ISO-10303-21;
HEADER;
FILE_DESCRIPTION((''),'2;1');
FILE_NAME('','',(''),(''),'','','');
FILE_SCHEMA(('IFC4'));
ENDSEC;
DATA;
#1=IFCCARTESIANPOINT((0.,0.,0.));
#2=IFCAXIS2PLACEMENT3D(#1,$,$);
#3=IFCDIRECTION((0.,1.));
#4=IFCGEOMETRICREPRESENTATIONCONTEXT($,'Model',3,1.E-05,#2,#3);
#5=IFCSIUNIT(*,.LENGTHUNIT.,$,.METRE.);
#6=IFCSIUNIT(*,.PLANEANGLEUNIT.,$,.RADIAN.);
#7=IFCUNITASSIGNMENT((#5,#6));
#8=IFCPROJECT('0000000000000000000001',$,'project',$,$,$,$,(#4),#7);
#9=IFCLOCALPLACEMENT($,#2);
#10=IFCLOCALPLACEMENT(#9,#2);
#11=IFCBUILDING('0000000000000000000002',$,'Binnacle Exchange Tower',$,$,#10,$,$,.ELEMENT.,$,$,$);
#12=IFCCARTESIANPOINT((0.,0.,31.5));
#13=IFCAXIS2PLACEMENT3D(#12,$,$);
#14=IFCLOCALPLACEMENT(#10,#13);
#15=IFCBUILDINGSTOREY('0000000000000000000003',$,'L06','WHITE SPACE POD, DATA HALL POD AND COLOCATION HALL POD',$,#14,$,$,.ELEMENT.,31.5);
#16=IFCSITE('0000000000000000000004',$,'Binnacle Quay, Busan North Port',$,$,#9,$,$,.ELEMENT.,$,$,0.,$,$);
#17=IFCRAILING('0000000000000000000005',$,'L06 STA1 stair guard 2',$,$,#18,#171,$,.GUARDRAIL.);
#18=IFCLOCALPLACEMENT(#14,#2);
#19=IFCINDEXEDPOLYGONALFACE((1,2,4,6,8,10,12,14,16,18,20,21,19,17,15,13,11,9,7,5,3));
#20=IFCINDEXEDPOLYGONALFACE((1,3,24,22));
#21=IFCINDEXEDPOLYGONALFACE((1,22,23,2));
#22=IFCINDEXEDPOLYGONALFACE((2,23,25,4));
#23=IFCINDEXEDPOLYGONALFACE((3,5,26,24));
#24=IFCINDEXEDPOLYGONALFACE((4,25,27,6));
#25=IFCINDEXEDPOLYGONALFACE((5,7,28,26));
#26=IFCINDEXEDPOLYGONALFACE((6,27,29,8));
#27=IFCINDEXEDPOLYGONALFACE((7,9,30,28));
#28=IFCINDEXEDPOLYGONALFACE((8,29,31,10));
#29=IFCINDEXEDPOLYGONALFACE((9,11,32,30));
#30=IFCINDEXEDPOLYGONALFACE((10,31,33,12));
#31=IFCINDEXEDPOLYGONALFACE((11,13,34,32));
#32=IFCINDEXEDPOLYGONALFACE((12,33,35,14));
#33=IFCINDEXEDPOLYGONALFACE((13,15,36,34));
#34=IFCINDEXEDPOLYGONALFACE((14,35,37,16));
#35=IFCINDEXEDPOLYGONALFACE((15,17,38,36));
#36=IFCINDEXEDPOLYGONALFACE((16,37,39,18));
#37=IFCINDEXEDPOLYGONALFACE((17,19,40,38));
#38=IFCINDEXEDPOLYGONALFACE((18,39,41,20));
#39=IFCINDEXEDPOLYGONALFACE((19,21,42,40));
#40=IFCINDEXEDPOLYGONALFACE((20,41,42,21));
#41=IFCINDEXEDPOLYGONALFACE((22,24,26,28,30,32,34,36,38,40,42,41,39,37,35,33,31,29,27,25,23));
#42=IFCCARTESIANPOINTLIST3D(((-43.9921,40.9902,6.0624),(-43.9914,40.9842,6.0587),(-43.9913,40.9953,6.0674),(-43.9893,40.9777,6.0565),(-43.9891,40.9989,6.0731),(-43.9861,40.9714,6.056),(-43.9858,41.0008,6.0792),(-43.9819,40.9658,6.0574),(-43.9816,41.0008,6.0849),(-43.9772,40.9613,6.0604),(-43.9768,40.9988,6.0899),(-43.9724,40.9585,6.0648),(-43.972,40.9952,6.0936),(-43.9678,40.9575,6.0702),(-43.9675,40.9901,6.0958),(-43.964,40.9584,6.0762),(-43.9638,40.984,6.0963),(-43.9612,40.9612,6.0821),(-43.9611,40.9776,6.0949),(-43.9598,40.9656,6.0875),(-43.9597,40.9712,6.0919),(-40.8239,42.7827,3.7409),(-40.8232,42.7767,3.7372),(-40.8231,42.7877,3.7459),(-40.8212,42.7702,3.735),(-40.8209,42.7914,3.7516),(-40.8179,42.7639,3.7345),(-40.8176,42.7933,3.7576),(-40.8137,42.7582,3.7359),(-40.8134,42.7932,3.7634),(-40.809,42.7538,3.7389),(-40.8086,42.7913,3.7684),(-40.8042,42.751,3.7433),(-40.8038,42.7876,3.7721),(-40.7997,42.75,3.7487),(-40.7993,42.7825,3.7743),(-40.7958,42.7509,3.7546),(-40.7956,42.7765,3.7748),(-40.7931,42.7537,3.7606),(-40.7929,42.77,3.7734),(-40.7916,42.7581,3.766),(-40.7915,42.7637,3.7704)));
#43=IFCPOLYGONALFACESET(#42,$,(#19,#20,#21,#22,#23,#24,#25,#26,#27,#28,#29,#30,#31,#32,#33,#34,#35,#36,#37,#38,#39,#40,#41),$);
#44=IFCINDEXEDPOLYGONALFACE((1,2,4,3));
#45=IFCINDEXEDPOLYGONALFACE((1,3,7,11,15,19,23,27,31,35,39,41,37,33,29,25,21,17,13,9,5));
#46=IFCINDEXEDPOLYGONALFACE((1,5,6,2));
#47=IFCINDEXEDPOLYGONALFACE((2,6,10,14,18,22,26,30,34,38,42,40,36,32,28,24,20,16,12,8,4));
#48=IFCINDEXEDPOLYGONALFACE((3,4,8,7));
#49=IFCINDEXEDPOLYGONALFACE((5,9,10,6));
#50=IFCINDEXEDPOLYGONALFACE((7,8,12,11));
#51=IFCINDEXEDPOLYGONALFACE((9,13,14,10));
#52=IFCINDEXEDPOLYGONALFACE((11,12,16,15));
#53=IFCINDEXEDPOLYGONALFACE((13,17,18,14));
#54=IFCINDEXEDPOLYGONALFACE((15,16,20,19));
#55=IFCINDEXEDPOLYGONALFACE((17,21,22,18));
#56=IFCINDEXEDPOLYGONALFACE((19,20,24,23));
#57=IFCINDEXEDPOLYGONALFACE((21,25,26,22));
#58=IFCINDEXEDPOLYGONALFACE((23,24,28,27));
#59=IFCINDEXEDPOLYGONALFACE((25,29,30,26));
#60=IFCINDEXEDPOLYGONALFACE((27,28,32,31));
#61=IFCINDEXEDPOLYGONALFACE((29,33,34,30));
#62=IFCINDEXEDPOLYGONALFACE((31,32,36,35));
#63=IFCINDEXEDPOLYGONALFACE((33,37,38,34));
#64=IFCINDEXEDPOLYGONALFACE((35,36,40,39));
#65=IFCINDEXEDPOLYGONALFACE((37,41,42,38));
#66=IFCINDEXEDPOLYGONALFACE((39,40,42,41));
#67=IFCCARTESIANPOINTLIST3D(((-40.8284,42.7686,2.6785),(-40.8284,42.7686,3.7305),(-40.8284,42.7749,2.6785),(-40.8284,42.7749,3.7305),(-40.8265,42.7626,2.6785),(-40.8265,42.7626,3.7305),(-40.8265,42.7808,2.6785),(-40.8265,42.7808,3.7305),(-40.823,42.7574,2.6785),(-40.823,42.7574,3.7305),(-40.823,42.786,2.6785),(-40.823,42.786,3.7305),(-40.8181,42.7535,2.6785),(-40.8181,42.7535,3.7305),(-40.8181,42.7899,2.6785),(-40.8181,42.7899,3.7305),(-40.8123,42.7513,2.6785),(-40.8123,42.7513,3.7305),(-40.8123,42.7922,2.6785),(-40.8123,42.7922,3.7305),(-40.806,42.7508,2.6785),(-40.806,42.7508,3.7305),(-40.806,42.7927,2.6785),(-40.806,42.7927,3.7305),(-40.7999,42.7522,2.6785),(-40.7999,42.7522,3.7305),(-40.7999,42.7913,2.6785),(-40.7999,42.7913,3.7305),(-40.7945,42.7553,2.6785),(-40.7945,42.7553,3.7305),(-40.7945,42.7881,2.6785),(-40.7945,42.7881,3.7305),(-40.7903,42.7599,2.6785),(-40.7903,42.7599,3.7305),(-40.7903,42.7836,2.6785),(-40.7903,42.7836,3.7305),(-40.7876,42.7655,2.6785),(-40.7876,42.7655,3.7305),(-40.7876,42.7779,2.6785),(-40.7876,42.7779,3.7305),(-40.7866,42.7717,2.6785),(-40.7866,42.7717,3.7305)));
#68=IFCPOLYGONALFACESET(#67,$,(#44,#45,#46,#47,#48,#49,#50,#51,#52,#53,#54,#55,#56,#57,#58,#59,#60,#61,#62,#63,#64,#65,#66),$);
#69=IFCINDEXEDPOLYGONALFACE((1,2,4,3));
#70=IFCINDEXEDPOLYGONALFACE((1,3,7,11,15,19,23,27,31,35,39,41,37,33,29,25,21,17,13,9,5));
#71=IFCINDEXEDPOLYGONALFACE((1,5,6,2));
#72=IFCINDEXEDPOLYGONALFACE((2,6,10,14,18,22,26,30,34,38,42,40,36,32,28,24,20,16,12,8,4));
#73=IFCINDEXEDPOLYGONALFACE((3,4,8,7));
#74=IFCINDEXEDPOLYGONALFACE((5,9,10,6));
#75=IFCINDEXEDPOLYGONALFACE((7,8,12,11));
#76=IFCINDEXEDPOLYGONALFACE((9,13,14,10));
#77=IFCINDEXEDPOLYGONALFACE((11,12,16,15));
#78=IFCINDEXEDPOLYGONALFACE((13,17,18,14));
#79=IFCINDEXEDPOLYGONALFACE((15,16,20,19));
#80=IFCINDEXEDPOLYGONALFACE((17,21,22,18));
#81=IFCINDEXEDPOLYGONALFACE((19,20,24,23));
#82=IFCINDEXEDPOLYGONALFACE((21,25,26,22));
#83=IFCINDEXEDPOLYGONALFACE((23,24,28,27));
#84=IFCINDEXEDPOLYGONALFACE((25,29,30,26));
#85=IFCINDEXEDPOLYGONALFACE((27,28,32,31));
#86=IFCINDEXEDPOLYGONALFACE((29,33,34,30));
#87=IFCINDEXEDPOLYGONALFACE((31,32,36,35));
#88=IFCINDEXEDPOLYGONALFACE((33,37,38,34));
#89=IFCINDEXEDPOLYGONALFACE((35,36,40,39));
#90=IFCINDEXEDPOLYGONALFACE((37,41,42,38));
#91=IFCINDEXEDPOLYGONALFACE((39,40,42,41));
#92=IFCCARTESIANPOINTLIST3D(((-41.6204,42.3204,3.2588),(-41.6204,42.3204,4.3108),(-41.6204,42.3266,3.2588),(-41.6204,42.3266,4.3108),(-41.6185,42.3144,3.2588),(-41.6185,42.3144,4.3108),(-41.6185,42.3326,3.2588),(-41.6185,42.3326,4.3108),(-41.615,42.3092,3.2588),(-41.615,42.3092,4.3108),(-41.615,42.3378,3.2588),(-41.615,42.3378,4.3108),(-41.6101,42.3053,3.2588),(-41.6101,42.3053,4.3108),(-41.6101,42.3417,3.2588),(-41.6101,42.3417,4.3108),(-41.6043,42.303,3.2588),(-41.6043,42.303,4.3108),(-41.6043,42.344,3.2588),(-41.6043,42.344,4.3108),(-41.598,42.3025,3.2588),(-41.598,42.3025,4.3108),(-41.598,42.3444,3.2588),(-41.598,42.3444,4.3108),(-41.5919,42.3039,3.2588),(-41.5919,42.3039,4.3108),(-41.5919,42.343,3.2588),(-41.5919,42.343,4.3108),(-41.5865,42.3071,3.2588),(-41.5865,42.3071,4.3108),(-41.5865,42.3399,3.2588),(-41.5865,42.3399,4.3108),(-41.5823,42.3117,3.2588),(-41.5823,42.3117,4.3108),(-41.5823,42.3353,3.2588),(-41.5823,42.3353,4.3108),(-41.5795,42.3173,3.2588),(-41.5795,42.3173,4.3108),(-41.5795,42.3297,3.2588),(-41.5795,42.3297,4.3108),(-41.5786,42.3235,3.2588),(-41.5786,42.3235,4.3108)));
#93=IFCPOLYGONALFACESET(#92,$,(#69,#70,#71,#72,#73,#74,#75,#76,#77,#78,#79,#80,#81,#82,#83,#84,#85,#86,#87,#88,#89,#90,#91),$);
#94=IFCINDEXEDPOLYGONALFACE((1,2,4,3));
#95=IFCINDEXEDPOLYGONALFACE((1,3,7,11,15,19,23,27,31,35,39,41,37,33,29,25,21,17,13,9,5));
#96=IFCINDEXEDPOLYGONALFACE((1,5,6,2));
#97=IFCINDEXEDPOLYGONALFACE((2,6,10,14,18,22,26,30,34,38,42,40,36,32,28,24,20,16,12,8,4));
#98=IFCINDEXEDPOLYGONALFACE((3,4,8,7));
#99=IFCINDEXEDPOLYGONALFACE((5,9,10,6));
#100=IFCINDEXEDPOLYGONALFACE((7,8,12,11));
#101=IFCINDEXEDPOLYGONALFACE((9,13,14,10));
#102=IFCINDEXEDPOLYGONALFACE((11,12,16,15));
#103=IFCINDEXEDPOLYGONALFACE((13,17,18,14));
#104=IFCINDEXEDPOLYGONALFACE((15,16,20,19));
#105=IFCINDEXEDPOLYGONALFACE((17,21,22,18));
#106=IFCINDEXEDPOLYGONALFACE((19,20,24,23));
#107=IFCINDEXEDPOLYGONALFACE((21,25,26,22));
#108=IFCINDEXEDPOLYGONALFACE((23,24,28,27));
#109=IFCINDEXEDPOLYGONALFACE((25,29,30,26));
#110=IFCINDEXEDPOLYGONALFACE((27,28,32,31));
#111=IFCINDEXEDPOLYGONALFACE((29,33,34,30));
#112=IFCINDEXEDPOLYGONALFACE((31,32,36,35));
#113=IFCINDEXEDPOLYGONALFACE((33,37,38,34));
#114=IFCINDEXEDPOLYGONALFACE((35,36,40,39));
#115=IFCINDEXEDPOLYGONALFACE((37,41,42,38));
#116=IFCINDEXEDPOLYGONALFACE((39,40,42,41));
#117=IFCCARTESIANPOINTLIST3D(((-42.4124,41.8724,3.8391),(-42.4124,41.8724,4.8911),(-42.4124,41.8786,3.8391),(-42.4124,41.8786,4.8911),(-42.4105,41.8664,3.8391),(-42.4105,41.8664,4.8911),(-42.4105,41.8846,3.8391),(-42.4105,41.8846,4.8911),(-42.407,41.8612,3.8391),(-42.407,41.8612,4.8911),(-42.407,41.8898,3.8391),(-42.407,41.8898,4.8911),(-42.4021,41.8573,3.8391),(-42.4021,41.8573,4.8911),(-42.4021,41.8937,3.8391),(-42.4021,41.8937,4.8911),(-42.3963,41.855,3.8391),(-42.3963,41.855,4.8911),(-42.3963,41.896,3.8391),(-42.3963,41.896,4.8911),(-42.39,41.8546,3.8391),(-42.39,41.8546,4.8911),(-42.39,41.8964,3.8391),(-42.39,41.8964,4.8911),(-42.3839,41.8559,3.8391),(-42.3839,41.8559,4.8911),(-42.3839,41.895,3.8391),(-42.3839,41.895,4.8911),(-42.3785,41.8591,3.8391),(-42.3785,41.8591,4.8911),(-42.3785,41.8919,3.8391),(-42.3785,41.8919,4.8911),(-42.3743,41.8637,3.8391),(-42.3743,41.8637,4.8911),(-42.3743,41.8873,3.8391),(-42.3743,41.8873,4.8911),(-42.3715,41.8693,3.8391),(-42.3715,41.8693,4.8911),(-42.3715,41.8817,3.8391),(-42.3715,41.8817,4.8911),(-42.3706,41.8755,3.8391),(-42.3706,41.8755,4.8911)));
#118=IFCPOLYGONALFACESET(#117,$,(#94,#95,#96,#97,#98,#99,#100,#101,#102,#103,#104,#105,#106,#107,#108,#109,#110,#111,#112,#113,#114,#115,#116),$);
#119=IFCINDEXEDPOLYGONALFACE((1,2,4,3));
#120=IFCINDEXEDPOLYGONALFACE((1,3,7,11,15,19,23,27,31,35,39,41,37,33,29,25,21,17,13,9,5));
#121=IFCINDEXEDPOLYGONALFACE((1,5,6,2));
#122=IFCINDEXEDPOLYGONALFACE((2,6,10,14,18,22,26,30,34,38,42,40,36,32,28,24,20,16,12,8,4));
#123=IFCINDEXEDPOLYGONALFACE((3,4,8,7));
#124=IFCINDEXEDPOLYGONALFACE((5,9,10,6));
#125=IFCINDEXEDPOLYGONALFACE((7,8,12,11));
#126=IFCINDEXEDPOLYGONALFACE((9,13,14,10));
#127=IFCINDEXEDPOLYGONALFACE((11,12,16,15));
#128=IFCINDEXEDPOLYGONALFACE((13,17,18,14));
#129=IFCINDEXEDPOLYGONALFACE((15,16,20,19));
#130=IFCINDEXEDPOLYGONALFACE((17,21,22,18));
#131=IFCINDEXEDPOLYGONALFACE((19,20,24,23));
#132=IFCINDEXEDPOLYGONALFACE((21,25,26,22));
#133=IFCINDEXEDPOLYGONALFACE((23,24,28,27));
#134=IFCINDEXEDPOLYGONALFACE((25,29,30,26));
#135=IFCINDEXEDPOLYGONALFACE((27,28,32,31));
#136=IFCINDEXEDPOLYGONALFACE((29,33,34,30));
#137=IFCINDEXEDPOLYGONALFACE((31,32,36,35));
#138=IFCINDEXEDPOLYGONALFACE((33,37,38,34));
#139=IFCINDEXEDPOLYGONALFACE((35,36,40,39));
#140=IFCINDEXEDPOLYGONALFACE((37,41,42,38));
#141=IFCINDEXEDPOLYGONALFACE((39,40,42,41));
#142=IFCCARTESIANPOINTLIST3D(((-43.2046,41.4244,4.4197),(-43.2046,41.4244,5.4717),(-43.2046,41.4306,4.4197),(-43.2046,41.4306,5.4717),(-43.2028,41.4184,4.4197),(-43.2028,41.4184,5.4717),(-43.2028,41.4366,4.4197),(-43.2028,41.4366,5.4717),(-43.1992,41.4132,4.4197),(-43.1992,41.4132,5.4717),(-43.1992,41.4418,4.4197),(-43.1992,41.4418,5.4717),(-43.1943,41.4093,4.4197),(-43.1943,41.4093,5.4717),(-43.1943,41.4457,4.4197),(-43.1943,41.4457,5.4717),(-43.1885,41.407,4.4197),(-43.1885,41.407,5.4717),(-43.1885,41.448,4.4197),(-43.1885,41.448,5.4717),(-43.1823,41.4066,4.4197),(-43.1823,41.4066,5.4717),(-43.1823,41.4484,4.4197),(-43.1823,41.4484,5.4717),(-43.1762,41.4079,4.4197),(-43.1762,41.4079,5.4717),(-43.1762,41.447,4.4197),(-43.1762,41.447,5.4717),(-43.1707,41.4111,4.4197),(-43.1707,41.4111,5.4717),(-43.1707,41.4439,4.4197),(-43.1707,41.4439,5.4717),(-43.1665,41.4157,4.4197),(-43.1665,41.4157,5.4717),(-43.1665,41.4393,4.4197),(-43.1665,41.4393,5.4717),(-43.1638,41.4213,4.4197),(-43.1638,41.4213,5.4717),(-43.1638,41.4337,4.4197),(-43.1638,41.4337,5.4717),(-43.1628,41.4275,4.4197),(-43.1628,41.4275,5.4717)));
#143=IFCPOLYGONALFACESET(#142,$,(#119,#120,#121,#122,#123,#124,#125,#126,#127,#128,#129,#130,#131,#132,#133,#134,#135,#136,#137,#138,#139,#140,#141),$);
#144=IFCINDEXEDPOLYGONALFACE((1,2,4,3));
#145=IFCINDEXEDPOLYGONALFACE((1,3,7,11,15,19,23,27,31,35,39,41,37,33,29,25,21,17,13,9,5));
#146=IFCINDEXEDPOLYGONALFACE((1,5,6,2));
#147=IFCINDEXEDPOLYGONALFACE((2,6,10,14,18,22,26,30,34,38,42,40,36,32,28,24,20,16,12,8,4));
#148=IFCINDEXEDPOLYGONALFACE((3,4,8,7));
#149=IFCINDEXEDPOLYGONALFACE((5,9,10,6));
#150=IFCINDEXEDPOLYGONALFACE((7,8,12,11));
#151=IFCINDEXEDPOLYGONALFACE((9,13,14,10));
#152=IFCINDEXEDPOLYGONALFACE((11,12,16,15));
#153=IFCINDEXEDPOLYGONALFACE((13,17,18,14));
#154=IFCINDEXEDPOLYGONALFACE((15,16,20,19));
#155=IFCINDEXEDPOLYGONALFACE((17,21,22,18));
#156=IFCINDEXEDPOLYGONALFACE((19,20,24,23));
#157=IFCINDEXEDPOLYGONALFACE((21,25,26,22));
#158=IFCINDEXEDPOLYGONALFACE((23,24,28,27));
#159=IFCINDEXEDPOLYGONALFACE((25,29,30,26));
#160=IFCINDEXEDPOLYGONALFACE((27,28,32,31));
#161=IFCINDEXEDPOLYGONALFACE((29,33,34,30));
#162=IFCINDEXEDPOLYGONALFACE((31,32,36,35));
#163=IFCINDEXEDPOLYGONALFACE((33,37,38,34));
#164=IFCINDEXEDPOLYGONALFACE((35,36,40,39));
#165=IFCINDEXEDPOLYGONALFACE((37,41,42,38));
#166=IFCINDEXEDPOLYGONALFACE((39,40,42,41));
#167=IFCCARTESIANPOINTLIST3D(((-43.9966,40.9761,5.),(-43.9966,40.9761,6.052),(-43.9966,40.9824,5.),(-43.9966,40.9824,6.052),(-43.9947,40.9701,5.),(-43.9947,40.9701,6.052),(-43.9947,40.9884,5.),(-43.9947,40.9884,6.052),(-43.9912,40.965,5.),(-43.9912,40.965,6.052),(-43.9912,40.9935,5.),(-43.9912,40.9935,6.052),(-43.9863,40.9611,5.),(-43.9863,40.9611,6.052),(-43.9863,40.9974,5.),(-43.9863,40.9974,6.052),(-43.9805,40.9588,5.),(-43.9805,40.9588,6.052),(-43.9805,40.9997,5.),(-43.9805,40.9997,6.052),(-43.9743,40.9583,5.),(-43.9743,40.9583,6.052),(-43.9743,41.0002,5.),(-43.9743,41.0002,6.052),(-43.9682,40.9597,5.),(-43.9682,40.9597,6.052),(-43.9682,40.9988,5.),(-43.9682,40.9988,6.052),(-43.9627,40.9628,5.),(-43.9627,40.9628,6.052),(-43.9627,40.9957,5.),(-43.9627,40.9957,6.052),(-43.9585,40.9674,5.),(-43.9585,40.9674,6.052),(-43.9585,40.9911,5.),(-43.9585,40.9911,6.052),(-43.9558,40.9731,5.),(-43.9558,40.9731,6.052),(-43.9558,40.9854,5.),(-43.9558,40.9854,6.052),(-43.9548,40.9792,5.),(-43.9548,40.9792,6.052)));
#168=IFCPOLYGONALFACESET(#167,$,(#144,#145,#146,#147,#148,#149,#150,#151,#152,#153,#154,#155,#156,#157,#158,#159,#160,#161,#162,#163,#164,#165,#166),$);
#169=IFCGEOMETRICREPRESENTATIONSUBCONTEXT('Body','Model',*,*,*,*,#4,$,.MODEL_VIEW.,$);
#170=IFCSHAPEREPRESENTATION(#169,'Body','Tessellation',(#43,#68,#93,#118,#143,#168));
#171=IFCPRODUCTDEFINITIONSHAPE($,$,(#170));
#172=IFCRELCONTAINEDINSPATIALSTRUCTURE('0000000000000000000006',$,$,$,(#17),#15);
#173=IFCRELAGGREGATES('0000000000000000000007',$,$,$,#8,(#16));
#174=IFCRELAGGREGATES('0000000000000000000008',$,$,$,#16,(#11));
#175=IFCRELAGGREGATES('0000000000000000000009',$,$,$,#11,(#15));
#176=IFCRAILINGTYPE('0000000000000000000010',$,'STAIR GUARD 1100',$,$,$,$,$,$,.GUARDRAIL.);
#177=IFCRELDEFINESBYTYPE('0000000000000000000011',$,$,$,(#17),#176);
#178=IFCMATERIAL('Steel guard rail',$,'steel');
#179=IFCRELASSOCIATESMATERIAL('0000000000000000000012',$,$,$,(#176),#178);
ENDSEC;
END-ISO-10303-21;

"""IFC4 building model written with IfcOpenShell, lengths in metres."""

from ifc_helpers import new_model, si_unit, direction, frame, origin, origin_2d, place, context, subcontext, project, spatial, circle, extrude, material, type_object, element, save


model = new_model("IFC4")

# Units and contexts
model_context = context("Model", 3, precision=1e-05, world=origin(), true_north=direction((0.0, 1.0)))
body_context = subcontext(model_context, "Body", "Model", "MODEL_VIEW")
ifc_project = project(units=[si_unit("LENGTHUNIT", "METRE"), si_unit("PLANEANGLEUNIT", "RADIAN")], contexts=[model_context])

# Site, building, storey
site_placement = place(None, origin())
site = spatial("IfcSite", under=ifc_project, at=site_placement, Name="Binnacle Quay, Busan North Port", CompositionType="ELEMENT", RefElevation=0.0)
building_placement = place(site_placement, origin())
building = spatial("IfcBuilding", under=site, at=building_placement, Name="Binnacle Exchange Tower", CompositionType="ELEMENT")
storey_placement = place(building_placement, frame((0.0, 0.0, 31.5)))
storey = spatial("IfcBuildingStorey", under=building, at=storey_placement, Name="L06", Description="WHITE SPACE POD, DATA HALL POD AND COLOCATION HALL POD", CompositionType="ELEMENT", Elevation=31.5)

# Railing
ifc_material_1 = material(Name="Steel guard rail", Category="steel")
railing_type_1 = type_object("IfcRailingType", Name="STAIR GUARD 1100", PredefinedType="GUARDRAIL", material=ifc_material_1)
railing_1_placement = place(storey_placement, frame((-40.8076, 42.7717, 2.6785)))
element("IfcRailing", 1, at=railing_1_placement, inside=storey, type_object=railing_type_1, Name="L06 STA1 stair guard 2", PredefinedType="GUARDRAIL", context=body_context, shape_type="SweptSolid", body=[
    extrude(circle(Radius=0.0239, at=origin_2d()), frame((0.0, 0.0, 1.0762), z_axis=(-0.733822, -0.415174, 0.537714), x_axis=(0.492422, -0.870357, 0.0)), (0.0, 0.0, 1.0), 4.3174),
    extrude(circle(Radius=0.021, at=origin_2d()), origin(), (0.0, 0.0, 1.0), 1.052),
    extrude(circle(Radius=0.021, at=origin_2d()), frame((-0.792, -0.4482, 0.5803)), (0.0, 0.0, 1.0), 1.052),
    extrude(circle(Radius=0.021, at=origin_2d()), frame((-1.584, -0.8962, 1.1606)), (0.0, 0.0, 1.0), 1.052),
    extrude(circle(Radius=0.021, at=origin_2d()), frame((-2.3762, -1.3442, 1.7412)), (0.0, 0.0, 1.0), 1.052),
    extrude(circle(Radius=0.021, at=origin_2d()), frame((-3.1682, -1.7925, 2.3215)), (0.0, 0.0, 1.0), 1.052),
])

save(model, "model.ifc")
